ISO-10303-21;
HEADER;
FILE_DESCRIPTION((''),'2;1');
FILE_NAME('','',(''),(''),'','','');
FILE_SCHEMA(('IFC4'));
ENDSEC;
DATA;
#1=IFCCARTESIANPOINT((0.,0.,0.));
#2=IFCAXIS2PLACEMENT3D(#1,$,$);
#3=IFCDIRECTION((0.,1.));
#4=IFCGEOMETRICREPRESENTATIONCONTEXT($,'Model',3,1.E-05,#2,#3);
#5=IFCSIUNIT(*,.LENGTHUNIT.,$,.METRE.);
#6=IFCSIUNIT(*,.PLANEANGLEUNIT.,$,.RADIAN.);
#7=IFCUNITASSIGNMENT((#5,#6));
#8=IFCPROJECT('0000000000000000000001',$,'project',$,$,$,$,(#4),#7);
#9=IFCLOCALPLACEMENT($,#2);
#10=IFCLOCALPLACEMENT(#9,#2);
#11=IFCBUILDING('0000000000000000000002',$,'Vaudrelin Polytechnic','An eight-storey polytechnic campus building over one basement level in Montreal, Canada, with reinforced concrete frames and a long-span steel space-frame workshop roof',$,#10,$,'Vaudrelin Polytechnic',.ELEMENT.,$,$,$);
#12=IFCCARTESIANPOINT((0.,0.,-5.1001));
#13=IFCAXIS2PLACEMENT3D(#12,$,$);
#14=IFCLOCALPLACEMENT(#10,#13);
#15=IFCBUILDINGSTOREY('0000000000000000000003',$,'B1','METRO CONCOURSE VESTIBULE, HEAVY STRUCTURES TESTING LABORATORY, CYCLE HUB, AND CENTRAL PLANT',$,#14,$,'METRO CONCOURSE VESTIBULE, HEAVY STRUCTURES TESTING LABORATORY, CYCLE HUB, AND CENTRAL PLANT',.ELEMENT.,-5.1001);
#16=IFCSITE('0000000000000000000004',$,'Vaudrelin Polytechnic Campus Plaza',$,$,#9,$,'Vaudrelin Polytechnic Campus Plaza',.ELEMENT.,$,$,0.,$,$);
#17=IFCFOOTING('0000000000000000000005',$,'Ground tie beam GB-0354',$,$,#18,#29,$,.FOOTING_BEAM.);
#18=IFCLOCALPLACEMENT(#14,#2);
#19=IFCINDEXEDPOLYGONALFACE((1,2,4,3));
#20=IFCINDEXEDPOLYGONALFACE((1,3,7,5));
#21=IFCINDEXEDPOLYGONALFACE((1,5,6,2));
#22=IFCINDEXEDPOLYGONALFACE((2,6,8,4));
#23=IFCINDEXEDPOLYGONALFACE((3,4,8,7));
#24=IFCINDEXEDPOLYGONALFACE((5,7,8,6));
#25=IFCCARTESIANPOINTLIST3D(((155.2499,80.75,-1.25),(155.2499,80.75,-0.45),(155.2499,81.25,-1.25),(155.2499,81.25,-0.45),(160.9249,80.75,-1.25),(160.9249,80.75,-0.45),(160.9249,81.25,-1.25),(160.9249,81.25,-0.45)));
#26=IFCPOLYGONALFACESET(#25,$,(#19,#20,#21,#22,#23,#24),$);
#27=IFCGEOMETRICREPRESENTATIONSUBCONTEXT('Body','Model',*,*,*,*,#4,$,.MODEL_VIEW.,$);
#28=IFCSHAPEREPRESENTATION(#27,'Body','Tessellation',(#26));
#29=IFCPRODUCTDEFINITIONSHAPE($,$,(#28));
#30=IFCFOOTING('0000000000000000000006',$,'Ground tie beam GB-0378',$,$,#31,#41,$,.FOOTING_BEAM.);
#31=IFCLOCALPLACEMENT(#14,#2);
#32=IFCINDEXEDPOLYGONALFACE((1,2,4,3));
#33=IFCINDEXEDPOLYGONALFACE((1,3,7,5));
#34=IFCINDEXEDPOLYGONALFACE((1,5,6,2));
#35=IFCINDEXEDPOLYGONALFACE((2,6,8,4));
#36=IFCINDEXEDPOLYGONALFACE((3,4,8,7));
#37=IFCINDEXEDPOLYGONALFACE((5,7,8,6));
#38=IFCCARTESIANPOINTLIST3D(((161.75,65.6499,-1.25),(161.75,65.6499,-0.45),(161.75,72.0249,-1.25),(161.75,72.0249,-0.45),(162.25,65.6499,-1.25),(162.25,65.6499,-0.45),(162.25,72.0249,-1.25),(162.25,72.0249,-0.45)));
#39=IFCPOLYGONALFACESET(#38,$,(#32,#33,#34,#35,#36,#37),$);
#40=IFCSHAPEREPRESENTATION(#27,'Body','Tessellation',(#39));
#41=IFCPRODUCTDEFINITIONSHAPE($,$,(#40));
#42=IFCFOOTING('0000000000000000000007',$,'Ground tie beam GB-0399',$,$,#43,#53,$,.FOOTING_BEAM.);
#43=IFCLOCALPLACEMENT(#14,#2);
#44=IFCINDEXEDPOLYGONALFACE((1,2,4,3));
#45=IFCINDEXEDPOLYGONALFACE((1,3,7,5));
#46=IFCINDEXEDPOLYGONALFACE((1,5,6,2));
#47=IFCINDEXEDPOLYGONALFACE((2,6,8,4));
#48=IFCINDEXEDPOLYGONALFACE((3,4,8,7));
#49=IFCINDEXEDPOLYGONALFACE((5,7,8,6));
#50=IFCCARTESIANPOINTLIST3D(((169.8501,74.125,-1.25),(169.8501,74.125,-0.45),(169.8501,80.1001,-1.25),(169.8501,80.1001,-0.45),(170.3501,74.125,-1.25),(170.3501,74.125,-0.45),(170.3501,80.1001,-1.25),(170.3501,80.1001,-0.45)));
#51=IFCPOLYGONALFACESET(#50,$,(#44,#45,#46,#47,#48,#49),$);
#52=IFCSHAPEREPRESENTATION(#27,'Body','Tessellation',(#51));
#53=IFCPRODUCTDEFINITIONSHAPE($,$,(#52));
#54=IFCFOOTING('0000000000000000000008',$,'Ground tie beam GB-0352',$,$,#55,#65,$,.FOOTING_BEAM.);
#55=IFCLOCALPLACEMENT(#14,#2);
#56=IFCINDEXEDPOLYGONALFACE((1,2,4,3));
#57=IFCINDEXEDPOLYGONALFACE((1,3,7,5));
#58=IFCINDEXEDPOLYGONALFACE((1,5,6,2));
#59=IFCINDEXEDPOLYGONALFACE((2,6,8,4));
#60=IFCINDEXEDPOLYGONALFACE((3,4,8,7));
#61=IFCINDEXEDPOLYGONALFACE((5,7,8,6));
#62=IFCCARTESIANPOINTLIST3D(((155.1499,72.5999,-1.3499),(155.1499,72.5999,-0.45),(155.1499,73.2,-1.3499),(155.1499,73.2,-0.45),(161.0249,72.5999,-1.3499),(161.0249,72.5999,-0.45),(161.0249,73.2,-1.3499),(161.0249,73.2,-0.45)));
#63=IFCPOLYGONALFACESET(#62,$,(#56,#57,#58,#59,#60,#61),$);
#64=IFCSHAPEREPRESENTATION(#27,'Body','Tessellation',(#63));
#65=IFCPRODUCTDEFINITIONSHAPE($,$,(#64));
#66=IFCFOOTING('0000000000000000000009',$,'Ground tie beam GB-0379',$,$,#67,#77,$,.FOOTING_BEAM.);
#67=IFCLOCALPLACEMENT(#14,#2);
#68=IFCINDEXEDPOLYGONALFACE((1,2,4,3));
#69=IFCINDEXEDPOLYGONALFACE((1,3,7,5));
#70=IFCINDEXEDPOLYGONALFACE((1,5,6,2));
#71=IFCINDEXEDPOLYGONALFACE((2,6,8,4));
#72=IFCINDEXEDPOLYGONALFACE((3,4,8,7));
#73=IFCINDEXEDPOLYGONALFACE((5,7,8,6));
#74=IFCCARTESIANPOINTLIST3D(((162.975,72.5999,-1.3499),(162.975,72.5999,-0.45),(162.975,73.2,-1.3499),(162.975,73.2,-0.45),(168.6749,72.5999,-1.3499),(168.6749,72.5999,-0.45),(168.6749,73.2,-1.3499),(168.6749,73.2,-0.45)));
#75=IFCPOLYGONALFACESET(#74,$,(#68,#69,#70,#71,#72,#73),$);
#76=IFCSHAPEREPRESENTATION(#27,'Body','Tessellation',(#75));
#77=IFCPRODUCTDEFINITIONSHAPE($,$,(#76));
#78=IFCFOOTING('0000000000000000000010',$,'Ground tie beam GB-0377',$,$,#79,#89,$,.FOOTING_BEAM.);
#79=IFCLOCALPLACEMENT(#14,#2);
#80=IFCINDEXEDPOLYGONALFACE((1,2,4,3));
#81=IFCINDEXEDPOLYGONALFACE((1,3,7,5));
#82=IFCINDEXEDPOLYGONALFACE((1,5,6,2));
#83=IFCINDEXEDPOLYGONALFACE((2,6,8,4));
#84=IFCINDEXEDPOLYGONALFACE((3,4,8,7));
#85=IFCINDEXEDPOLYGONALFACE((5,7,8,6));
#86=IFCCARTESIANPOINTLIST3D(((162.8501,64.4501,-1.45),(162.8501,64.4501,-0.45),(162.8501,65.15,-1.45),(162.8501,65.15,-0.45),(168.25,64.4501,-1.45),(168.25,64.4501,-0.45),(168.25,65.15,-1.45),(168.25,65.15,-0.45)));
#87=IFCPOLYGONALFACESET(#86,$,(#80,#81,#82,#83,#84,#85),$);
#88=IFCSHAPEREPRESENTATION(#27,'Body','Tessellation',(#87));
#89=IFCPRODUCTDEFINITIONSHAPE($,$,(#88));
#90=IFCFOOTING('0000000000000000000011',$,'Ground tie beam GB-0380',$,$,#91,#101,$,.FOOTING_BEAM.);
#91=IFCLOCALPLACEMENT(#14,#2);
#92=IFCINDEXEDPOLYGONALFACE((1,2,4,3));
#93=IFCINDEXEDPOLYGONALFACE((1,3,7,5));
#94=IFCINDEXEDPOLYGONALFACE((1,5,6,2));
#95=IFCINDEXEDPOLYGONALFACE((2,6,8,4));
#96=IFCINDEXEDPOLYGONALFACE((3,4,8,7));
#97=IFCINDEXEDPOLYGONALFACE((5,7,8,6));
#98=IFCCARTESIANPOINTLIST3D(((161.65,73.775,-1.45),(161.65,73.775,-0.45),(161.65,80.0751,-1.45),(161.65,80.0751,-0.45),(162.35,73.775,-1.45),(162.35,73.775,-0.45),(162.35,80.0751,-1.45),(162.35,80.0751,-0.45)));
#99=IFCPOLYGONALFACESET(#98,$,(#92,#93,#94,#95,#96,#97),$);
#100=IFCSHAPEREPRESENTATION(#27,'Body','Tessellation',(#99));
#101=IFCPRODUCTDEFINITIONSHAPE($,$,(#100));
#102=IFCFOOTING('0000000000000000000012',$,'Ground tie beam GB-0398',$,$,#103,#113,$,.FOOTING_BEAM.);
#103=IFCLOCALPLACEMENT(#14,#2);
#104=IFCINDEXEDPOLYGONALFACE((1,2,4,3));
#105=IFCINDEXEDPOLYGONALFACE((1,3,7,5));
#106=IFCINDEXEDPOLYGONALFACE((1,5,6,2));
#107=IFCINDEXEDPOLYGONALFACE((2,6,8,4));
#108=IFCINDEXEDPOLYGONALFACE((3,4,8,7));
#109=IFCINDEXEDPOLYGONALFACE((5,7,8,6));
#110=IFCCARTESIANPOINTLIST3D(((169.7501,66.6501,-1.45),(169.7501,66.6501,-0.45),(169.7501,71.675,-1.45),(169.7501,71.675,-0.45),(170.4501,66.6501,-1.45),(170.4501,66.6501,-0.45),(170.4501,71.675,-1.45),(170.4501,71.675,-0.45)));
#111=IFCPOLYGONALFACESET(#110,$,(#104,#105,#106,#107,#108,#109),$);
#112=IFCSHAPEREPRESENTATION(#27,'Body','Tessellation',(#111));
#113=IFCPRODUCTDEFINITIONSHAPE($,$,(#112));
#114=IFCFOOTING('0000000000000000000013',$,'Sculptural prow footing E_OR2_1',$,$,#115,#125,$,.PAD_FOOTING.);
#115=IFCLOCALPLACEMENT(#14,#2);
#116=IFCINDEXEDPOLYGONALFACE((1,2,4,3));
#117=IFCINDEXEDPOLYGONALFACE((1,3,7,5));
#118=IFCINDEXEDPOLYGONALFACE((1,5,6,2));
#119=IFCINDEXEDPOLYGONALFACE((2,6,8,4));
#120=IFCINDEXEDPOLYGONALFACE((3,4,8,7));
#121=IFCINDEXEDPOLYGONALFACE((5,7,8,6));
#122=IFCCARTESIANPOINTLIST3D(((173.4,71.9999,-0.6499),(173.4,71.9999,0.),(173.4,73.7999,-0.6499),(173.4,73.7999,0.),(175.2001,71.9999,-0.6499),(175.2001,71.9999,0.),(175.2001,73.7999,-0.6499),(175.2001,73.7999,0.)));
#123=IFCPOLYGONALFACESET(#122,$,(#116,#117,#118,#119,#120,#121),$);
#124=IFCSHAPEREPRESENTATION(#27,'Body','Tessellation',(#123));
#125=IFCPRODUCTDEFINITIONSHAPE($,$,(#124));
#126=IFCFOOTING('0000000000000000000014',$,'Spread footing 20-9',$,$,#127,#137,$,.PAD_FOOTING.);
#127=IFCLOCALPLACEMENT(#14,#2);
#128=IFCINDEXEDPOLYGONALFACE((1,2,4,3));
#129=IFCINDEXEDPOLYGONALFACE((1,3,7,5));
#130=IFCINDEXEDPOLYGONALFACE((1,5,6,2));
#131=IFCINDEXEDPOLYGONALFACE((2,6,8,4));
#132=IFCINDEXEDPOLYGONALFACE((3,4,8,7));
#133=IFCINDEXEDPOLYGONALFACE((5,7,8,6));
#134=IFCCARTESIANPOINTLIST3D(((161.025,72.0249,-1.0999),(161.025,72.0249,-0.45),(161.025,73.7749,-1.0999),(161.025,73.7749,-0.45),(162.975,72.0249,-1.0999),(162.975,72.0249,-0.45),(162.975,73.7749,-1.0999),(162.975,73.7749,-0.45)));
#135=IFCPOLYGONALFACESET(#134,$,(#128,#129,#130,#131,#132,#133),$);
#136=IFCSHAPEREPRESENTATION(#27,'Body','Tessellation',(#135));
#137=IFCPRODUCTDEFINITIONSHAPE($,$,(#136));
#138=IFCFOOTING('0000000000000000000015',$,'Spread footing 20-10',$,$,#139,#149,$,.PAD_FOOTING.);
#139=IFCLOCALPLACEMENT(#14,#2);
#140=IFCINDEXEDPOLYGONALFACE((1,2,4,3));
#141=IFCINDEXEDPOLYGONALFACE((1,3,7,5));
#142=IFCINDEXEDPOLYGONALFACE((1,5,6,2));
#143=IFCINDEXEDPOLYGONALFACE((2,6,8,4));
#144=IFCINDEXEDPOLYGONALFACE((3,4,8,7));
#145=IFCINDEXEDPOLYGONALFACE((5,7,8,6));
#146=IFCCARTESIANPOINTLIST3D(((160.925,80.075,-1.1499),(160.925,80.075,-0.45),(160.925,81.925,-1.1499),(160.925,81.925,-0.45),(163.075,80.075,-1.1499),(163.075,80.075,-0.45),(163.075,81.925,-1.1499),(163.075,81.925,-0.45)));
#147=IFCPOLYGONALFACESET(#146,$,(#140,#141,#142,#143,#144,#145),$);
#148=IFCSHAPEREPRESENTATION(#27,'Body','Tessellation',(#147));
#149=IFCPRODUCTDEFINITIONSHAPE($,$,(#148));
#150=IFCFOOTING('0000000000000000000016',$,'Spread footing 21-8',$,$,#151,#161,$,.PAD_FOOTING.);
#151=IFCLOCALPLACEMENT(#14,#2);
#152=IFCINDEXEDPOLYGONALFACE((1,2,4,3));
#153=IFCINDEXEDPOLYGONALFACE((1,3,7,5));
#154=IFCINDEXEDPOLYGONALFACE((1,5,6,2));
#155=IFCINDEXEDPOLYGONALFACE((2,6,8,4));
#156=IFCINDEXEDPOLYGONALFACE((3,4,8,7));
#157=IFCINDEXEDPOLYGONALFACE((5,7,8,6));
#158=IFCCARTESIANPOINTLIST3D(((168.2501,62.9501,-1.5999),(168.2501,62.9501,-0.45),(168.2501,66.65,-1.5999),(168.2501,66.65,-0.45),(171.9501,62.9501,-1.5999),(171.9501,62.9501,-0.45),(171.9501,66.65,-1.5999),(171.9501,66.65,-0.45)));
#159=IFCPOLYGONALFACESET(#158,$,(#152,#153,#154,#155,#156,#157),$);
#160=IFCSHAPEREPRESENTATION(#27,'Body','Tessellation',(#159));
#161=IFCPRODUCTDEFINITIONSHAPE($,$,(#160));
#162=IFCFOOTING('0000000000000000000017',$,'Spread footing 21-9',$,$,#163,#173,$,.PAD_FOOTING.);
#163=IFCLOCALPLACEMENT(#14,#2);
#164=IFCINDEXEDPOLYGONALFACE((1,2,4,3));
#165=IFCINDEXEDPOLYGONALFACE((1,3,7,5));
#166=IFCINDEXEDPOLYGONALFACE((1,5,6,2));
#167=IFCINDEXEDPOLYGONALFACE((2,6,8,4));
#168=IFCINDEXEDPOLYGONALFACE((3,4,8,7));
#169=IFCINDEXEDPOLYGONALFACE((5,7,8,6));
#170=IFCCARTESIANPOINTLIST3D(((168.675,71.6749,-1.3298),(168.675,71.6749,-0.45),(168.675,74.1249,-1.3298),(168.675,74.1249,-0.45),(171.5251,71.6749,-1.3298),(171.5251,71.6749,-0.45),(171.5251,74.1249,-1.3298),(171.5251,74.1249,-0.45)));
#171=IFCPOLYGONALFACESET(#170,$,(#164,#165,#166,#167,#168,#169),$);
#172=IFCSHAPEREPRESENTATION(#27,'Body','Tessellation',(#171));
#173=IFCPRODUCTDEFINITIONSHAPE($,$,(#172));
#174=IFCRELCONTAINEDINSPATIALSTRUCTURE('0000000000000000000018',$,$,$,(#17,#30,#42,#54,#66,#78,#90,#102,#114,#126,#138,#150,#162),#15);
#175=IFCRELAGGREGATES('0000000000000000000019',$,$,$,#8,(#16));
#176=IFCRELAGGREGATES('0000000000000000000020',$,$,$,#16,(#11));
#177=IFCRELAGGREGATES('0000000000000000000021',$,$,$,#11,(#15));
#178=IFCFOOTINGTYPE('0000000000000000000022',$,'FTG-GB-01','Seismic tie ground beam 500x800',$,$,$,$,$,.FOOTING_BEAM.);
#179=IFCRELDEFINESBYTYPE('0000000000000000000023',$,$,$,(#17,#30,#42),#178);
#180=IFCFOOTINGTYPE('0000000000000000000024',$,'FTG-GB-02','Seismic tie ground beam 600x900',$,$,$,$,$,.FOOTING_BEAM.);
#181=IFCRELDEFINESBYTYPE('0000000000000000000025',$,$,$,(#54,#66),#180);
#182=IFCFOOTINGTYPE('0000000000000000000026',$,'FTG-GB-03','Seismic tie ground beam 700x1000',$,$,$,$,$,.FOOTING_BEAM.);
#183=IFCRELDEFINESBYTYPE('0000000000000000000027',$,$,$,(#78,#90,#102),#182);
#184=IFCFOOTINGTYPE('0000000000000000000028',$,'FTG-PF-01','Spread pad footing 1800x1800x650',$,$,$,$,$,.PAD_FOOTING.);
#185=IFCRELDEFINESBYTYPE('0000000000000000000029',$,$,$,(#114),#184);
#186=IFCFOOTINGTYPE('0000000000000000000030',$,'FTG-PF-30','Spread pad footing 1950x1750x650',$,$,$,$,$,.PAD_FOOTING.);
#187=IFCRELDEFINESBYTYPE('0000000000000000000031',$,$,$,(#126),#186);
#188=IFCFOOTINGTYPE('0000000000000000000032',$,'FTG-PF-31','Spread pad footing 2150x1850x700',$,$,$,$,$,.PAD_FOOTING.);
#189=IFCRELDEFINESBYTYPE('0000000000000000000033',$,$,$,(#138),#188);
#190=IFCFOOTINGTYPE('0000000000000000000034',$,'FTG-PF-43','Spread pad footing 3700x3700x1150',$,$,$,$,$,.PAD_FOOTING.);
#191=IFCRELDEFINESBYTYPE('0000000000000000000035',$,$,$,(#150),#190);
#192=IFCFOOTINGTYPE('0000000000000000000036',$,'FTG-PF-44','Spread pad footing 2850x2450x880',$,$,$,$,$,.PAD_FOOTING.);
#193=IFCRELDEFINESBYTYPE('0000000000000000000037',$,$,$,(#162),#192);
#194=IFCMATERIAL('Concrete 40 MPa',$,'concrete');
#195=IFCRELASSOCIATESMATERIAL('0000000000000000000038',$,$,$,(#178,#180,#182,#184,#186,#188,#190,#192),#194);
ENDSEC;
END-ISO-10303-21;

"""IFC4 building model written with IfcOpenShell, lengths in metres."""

from ifc_helpers import new_model, si_unit, direction, frame, origin, origin_2d, place, context, subcontext, project, spatial, rectangle, extrude, material, type_object, element, save


model = new_model("IFC4")

# Units and contexts
model_context = context("Model", 3, precision=1e-05, world=origin(), true_north=direction((0.0, 1.0)))
body_context = subcontext(model_context, "Body", "Model", "MODEL_VIEW")
ifc_project = project(units=[si_unit("LENGTHUNIT", "METRE"), si_unit("PLANEANGLEUNIT", "RADIAN")], contexts=[model_context])

# Site, building, storey
site_placement = place(None, origin())
site = spatial("IfcSite", under=ifc_project, at=site_placement, Name="Vaudrelin Polytechnic Campus Plaza", LongName="Vaudrelin Polytechnic Campus Plaza", CompositionType="ELEMENT", RefElevation=0.0)
building_placement = place(site_placement, origin())
building = spatial("IfcBuilding", under=site, at=building_placement, Name="Vaudrelin Polytechnic", Description="An eight-storey polytechnic campus building over one basement level in Montreal, Canada, with reinforced concrete frames and a long-span steel space-frame workshop roof", LongName="Vaudrelin Polytechnic", CompositionType="ELEMENT")
storey_placement = place(building_placement, frame((0.0, 0.0, -5.1001)))
storey = spatial("IfcBuildingStorey", under=building, at=storey_placement, Name="B1", Description="METRO CONCOURSE VESTIBULE, HEAVY STRUCTURES TESTING LABORATORY, CYCLE HUB, AND CENTRAL PLANT", LongName="METRO CONCOURSE VESTIBULE, HEAVY STRUCTURES TESTING LABORATORY, CYCLE HUB, AND CENTRAL PLANT", CompositionType="ELEMENT", Elevation=-5.1001)

# Footings
ifc_material_1 = material(Name="Concrete 40 MPa", Category="concrete")
footing_type_1 = type_object("IfcFootingType", Name="FTG-GB-01", Description="Seismic tie ground beam 500x800", PredefinedType="FOOTING_BEAM", material=ifc_material_1)
footing_1_placement = place(storey_placement, frame((158.0874, 81.0, -1.25), z_axis=(0.0, 0.0, 1.0), x_axis=(1.0, 0.0, 0.0)))
element("IfcFooting", 1, at=footing_1_placement, inside=storey, type_object=footing_type_1, Name="Ground tie beam GB-0354", PredefinedType="FOOTING_BEAM", context=body_context, shape_type="SweptSolid", body=[
    extrude(rectangle(XDim=5.675, YDim=0.5, at=origin_2d()), origin(), (0.0, 0.0, 1.0), 0.8),
])
footing_2_placement = place(storey_placement, frame((162.0, 68.8374, -1.25), z_axis=(0.0, 0.0, 1.0), x_axis=(1.0, 0.0, 0.0)))
element("IfcFooting", 2, at=footing_2_placement, inside=storey, type_object=footing_type_1, Name="Ground tie beam GB-0378", PredefinedType="FOOTING_BEAM", context=body_context, shape_type="SweptSolid", body=[
    extrude(rectangle(XDim=0.5, YDim=6.375, at=origin_2d()), origin(), (0.0, 0.0, 1.0), 0.8),
])
footing_3_placement = place(storey_placement, frame((170.1001, 77.1125, -1.25), z_axis=(0.0, 0.0, 1.0), x_axis=(1.0, 0.0, 0.0)))
element("IfcFooting", 3, at=footing_3_placement, inside=storey, type_object=footing_type_1, Name="Ground tie beam GB-0399", PredefinedType="FOOTING_BEAM", context=body_context, shape_type="SweptSolid", body=[
    extrude(rectangle(XDim=0.5, YDim=5.9751, at=origin_2d()), origin(), (0.0, 0.0, 1.0), 0.8),
])
footing_type_2 = type_object("IfcFootingType", Name="FTG-GB-02", Description="Seismic tie ground beam 600x900", PredefinedType="FOOTING_BEAM", material=ifc_material_1)
footing_4_placement = place(storey_placement, frame((158.0874, 72.8999, -1.3499), z_axis=(0.0, 0.0, 1.0), x_axis=(1.0, 0.0, 0.0)))
element("IfcFooting", 4, at=footing_4_placement, inside=storey, type_object=footing_type_2, Name="Ground tie beam GB-0352", PredefinedType="FOOTING_BEAM", context=body_context, shape_type="SweptSolid", body=[
    extrude(rectangle(XDim=5.875, YDim=0.6001, at=origin_2d()), origin(), (0.0, 0.0, 1.0), 0.8999),
])
footing_5_placement = place(storey_placement, frame((165.825, 72.8999, -1.3499), z_axis=(0.0, 0.0, 1.0), x_axis=(1.0, 0.0, 0.0)))
element("IfcFooting", 5, at=footing_5_placement, inside=storey, type_object=footing_type_2, Name="Ground tie beam GB-0379", PredefinedType="FOOTING_BEAM", context=body_context, shape_type="SweptSolid", body=[
    extrude(rectangle(XDim=5.7, YDim=0.6001, at=origin_2d()), origin(), (0.0, 0.0, 1.0), 0.8999),
])
footing_type_3 = type_object("IfcFootingType", Name="FTG-GB-03", Description="Seismic tie ground beam 700x1000", PredefinedType="FOOTING_BEAM", material=ifc_material_1)
footing_6_placement = place(storey_placement, frame((165.55, 64.8, -1.45), z_axis=(0.0, 0.0, 1.0), x_axis=(1.0, 0.0, 0.0)))
element("IfcFooting", 6, at=footing_6_placement, inside=storey, type_object=footing_type_3, Name="Ground tie beam GB-0377", PredefinedType="FOOTING_BEAM", context=body_context, shape_type="SweptSolid", body=[
    extrude(rectangle(XDim=5.3999, YDim=0.7, at=origin_2d()), origin(), (0.0, 0.0, 1.0), 1.0),
])
footing_7_placement = place(storey_placement, frame((162.0, 76.925, -1.45), z_axis=(0.0, 0.0, 1.0), x_axis=(1.0, 0.0, 0.0)))
element("IfcFooting", 7, at=footing_7_placement, inside=storey, type_object=footing_type_3, Name="Ground tie beam GB-0380", PredefinedType="FOOTING_BEAM", context=body_context, shape_type="SweptSolid", body=[
    extrude(rectangle(XDim=0.7, YDim=6.3, at=origin_2d()), origin(), (0.0, 0.0, 1.0), 1.0),
])
footing_8_placement = place(storey_placement, frame((170.1001, 69.1626, -1.45), z_axis=(0.0, 0.0, 1.0), x_axis=(1.0, 0.0, 0.0)))
element("IfcFooting", 8, at=footing_8_placement, inside=storey, type_object=footing_type_3, Name="Ground tie beam GB-0398", PredefinedType="FOOTING_BEAM", context=body_context, shape_type="SweptSolid", body=[
    extrude(rectangle(XDim=0.7, YDim=5.0249, at=origin_2d()), origin(), (0.0, 0.0, 1.0), 1.0),
])
footing_type_4 = type_object("IfcFootingType", Name="FTG-PF-01", Description="Spread pad footing 1800x1800x650", PredefinedType="PAD_FOOTING", material=ifc_material_1)
footing_9_placement = place(storey_placement, frame((174.3, 72.8999, -0.6499), z_axis=(0.0, 0.0, 1.0), x_axis=(1.0, 0.0, 0.0)))
element("IfcFooting", 9, at=footing_9_placement, inside=storey, type_object=footing_type_4, Name="Sculptural prow footing E_OR2_1", PredefinedType="PAD_FOOTING", context=body_context, shape_type="SweptSolid", body=[
    extrude(rectangle(XDim=1.8, YDim=1.8, at=origin_2d()), origin(), (0.0, 0.0, 1.0), 0.6499),
])
footing_type_5 = type_object("IfcFootingType", Name="FTG-PF-30", Description="Spread pad footing 1950x1750x650", PredefinedType="PAD_FOOTING", material=ifc_material_1)
footing_10_placement = place(storey_placement, frame((162.0, 72.8999, -1.0999), z_axis=(0.0, 0.0, 1.0), x_axis=(1.0, 0.0, 0.0)))
element("IfcFooting", 10, at=footing_10_placement, inside=storey, type_object=footing_type_5, Name="Spread footing 20-9", PredefinedType="PAD_FOOTING", context=body_context, shape_type="SweptSolid", body=[
    extrude(rectangle(XDim=1.95, YDim=1.75, at=origin_2d()), origin(), (0.0, 0.0, 1.0), 0.6499),
])
footing_type_6 = type_object("IfcFootingType", Name="FTG-PF-31", Description="Spread pad footing 2150x1850x700", PredefinedType="PAD_FOOTING", material=ifc_material_1)
footing_11_placement = place(storey_placement, frame((162.0, 81.0, -1.1499), z_axis=(0.0, 0.0, 1.0), x_axis=(1.0, 0.0, 0.0)))
element("IfcFooting", 11, at=footing_11_placement, inside=storey, type_object=footing_type_6, Name="Spread footing 20-10", PredefinedType="PAD_FOOTING", context=body_context, shape_type="SweptSolid", body=[
    extrude(rectangle(XDim=2.1499, YDim=1.8501, at=origin_2d()), origin(), (0.0, 0.0, 1.0), 0.7),
])
footing_type_7 = type_object("IfcFootingType", Name="FTG-PF-43", Description="Spread pad footing 3700x3700x1150", PredefinedType="PAD_FOOTING", material=ifc_material_1)
footing_12_placement = place(storey_placement, frame((170.1001, 64.8, -1.5999), z_axis=(0.0, 0.0, 1.0), x_axis=(1.0, 0.0, 0.0)))
element("IfcFooting", 12, at=footing_12_placement, inside=storey, type_object=footing_type_7, Name="Spread footing 21-8", PredefinedType="PAD_FOOTING", context=body_context, shape_type="SweptSolid", body=[
    extrude(rectangle(XDim=3.7, YDim=3.7, at=origin_2d()), origin(), (0.0, 0.0, 1.0), 1.1499),
])
footing_type_8 = type_object("IfcFootingType", Name="FTG-PF-44", Description="Spread pad footing 2850x2450x880", PredefinedType="PAD_FOOTING", material=ifc_material_1)
footing_13_placement = place(storey_placement, frame((170.1001, 72.8999, -1.3298), z_axis=(0.0, 0.0, 1.0), x_axis=(1.0, 0.0, 0.0)))
element("IfcFooting", 13, at=footing_13_placement, inside=storey, type_object=footing_type_8, Name="Spread footing 21-9", PredefinedType="PAD_FOOTING", context=body_context, shape_type="SweptSolid", body=[
    extrude(rectangle(XDim=2.8501, YDim=2.45, at=origin_2d()), origin(), (0.0, 0.0, 1.0), 0.8799),
])

save(model, "model.ifc")
